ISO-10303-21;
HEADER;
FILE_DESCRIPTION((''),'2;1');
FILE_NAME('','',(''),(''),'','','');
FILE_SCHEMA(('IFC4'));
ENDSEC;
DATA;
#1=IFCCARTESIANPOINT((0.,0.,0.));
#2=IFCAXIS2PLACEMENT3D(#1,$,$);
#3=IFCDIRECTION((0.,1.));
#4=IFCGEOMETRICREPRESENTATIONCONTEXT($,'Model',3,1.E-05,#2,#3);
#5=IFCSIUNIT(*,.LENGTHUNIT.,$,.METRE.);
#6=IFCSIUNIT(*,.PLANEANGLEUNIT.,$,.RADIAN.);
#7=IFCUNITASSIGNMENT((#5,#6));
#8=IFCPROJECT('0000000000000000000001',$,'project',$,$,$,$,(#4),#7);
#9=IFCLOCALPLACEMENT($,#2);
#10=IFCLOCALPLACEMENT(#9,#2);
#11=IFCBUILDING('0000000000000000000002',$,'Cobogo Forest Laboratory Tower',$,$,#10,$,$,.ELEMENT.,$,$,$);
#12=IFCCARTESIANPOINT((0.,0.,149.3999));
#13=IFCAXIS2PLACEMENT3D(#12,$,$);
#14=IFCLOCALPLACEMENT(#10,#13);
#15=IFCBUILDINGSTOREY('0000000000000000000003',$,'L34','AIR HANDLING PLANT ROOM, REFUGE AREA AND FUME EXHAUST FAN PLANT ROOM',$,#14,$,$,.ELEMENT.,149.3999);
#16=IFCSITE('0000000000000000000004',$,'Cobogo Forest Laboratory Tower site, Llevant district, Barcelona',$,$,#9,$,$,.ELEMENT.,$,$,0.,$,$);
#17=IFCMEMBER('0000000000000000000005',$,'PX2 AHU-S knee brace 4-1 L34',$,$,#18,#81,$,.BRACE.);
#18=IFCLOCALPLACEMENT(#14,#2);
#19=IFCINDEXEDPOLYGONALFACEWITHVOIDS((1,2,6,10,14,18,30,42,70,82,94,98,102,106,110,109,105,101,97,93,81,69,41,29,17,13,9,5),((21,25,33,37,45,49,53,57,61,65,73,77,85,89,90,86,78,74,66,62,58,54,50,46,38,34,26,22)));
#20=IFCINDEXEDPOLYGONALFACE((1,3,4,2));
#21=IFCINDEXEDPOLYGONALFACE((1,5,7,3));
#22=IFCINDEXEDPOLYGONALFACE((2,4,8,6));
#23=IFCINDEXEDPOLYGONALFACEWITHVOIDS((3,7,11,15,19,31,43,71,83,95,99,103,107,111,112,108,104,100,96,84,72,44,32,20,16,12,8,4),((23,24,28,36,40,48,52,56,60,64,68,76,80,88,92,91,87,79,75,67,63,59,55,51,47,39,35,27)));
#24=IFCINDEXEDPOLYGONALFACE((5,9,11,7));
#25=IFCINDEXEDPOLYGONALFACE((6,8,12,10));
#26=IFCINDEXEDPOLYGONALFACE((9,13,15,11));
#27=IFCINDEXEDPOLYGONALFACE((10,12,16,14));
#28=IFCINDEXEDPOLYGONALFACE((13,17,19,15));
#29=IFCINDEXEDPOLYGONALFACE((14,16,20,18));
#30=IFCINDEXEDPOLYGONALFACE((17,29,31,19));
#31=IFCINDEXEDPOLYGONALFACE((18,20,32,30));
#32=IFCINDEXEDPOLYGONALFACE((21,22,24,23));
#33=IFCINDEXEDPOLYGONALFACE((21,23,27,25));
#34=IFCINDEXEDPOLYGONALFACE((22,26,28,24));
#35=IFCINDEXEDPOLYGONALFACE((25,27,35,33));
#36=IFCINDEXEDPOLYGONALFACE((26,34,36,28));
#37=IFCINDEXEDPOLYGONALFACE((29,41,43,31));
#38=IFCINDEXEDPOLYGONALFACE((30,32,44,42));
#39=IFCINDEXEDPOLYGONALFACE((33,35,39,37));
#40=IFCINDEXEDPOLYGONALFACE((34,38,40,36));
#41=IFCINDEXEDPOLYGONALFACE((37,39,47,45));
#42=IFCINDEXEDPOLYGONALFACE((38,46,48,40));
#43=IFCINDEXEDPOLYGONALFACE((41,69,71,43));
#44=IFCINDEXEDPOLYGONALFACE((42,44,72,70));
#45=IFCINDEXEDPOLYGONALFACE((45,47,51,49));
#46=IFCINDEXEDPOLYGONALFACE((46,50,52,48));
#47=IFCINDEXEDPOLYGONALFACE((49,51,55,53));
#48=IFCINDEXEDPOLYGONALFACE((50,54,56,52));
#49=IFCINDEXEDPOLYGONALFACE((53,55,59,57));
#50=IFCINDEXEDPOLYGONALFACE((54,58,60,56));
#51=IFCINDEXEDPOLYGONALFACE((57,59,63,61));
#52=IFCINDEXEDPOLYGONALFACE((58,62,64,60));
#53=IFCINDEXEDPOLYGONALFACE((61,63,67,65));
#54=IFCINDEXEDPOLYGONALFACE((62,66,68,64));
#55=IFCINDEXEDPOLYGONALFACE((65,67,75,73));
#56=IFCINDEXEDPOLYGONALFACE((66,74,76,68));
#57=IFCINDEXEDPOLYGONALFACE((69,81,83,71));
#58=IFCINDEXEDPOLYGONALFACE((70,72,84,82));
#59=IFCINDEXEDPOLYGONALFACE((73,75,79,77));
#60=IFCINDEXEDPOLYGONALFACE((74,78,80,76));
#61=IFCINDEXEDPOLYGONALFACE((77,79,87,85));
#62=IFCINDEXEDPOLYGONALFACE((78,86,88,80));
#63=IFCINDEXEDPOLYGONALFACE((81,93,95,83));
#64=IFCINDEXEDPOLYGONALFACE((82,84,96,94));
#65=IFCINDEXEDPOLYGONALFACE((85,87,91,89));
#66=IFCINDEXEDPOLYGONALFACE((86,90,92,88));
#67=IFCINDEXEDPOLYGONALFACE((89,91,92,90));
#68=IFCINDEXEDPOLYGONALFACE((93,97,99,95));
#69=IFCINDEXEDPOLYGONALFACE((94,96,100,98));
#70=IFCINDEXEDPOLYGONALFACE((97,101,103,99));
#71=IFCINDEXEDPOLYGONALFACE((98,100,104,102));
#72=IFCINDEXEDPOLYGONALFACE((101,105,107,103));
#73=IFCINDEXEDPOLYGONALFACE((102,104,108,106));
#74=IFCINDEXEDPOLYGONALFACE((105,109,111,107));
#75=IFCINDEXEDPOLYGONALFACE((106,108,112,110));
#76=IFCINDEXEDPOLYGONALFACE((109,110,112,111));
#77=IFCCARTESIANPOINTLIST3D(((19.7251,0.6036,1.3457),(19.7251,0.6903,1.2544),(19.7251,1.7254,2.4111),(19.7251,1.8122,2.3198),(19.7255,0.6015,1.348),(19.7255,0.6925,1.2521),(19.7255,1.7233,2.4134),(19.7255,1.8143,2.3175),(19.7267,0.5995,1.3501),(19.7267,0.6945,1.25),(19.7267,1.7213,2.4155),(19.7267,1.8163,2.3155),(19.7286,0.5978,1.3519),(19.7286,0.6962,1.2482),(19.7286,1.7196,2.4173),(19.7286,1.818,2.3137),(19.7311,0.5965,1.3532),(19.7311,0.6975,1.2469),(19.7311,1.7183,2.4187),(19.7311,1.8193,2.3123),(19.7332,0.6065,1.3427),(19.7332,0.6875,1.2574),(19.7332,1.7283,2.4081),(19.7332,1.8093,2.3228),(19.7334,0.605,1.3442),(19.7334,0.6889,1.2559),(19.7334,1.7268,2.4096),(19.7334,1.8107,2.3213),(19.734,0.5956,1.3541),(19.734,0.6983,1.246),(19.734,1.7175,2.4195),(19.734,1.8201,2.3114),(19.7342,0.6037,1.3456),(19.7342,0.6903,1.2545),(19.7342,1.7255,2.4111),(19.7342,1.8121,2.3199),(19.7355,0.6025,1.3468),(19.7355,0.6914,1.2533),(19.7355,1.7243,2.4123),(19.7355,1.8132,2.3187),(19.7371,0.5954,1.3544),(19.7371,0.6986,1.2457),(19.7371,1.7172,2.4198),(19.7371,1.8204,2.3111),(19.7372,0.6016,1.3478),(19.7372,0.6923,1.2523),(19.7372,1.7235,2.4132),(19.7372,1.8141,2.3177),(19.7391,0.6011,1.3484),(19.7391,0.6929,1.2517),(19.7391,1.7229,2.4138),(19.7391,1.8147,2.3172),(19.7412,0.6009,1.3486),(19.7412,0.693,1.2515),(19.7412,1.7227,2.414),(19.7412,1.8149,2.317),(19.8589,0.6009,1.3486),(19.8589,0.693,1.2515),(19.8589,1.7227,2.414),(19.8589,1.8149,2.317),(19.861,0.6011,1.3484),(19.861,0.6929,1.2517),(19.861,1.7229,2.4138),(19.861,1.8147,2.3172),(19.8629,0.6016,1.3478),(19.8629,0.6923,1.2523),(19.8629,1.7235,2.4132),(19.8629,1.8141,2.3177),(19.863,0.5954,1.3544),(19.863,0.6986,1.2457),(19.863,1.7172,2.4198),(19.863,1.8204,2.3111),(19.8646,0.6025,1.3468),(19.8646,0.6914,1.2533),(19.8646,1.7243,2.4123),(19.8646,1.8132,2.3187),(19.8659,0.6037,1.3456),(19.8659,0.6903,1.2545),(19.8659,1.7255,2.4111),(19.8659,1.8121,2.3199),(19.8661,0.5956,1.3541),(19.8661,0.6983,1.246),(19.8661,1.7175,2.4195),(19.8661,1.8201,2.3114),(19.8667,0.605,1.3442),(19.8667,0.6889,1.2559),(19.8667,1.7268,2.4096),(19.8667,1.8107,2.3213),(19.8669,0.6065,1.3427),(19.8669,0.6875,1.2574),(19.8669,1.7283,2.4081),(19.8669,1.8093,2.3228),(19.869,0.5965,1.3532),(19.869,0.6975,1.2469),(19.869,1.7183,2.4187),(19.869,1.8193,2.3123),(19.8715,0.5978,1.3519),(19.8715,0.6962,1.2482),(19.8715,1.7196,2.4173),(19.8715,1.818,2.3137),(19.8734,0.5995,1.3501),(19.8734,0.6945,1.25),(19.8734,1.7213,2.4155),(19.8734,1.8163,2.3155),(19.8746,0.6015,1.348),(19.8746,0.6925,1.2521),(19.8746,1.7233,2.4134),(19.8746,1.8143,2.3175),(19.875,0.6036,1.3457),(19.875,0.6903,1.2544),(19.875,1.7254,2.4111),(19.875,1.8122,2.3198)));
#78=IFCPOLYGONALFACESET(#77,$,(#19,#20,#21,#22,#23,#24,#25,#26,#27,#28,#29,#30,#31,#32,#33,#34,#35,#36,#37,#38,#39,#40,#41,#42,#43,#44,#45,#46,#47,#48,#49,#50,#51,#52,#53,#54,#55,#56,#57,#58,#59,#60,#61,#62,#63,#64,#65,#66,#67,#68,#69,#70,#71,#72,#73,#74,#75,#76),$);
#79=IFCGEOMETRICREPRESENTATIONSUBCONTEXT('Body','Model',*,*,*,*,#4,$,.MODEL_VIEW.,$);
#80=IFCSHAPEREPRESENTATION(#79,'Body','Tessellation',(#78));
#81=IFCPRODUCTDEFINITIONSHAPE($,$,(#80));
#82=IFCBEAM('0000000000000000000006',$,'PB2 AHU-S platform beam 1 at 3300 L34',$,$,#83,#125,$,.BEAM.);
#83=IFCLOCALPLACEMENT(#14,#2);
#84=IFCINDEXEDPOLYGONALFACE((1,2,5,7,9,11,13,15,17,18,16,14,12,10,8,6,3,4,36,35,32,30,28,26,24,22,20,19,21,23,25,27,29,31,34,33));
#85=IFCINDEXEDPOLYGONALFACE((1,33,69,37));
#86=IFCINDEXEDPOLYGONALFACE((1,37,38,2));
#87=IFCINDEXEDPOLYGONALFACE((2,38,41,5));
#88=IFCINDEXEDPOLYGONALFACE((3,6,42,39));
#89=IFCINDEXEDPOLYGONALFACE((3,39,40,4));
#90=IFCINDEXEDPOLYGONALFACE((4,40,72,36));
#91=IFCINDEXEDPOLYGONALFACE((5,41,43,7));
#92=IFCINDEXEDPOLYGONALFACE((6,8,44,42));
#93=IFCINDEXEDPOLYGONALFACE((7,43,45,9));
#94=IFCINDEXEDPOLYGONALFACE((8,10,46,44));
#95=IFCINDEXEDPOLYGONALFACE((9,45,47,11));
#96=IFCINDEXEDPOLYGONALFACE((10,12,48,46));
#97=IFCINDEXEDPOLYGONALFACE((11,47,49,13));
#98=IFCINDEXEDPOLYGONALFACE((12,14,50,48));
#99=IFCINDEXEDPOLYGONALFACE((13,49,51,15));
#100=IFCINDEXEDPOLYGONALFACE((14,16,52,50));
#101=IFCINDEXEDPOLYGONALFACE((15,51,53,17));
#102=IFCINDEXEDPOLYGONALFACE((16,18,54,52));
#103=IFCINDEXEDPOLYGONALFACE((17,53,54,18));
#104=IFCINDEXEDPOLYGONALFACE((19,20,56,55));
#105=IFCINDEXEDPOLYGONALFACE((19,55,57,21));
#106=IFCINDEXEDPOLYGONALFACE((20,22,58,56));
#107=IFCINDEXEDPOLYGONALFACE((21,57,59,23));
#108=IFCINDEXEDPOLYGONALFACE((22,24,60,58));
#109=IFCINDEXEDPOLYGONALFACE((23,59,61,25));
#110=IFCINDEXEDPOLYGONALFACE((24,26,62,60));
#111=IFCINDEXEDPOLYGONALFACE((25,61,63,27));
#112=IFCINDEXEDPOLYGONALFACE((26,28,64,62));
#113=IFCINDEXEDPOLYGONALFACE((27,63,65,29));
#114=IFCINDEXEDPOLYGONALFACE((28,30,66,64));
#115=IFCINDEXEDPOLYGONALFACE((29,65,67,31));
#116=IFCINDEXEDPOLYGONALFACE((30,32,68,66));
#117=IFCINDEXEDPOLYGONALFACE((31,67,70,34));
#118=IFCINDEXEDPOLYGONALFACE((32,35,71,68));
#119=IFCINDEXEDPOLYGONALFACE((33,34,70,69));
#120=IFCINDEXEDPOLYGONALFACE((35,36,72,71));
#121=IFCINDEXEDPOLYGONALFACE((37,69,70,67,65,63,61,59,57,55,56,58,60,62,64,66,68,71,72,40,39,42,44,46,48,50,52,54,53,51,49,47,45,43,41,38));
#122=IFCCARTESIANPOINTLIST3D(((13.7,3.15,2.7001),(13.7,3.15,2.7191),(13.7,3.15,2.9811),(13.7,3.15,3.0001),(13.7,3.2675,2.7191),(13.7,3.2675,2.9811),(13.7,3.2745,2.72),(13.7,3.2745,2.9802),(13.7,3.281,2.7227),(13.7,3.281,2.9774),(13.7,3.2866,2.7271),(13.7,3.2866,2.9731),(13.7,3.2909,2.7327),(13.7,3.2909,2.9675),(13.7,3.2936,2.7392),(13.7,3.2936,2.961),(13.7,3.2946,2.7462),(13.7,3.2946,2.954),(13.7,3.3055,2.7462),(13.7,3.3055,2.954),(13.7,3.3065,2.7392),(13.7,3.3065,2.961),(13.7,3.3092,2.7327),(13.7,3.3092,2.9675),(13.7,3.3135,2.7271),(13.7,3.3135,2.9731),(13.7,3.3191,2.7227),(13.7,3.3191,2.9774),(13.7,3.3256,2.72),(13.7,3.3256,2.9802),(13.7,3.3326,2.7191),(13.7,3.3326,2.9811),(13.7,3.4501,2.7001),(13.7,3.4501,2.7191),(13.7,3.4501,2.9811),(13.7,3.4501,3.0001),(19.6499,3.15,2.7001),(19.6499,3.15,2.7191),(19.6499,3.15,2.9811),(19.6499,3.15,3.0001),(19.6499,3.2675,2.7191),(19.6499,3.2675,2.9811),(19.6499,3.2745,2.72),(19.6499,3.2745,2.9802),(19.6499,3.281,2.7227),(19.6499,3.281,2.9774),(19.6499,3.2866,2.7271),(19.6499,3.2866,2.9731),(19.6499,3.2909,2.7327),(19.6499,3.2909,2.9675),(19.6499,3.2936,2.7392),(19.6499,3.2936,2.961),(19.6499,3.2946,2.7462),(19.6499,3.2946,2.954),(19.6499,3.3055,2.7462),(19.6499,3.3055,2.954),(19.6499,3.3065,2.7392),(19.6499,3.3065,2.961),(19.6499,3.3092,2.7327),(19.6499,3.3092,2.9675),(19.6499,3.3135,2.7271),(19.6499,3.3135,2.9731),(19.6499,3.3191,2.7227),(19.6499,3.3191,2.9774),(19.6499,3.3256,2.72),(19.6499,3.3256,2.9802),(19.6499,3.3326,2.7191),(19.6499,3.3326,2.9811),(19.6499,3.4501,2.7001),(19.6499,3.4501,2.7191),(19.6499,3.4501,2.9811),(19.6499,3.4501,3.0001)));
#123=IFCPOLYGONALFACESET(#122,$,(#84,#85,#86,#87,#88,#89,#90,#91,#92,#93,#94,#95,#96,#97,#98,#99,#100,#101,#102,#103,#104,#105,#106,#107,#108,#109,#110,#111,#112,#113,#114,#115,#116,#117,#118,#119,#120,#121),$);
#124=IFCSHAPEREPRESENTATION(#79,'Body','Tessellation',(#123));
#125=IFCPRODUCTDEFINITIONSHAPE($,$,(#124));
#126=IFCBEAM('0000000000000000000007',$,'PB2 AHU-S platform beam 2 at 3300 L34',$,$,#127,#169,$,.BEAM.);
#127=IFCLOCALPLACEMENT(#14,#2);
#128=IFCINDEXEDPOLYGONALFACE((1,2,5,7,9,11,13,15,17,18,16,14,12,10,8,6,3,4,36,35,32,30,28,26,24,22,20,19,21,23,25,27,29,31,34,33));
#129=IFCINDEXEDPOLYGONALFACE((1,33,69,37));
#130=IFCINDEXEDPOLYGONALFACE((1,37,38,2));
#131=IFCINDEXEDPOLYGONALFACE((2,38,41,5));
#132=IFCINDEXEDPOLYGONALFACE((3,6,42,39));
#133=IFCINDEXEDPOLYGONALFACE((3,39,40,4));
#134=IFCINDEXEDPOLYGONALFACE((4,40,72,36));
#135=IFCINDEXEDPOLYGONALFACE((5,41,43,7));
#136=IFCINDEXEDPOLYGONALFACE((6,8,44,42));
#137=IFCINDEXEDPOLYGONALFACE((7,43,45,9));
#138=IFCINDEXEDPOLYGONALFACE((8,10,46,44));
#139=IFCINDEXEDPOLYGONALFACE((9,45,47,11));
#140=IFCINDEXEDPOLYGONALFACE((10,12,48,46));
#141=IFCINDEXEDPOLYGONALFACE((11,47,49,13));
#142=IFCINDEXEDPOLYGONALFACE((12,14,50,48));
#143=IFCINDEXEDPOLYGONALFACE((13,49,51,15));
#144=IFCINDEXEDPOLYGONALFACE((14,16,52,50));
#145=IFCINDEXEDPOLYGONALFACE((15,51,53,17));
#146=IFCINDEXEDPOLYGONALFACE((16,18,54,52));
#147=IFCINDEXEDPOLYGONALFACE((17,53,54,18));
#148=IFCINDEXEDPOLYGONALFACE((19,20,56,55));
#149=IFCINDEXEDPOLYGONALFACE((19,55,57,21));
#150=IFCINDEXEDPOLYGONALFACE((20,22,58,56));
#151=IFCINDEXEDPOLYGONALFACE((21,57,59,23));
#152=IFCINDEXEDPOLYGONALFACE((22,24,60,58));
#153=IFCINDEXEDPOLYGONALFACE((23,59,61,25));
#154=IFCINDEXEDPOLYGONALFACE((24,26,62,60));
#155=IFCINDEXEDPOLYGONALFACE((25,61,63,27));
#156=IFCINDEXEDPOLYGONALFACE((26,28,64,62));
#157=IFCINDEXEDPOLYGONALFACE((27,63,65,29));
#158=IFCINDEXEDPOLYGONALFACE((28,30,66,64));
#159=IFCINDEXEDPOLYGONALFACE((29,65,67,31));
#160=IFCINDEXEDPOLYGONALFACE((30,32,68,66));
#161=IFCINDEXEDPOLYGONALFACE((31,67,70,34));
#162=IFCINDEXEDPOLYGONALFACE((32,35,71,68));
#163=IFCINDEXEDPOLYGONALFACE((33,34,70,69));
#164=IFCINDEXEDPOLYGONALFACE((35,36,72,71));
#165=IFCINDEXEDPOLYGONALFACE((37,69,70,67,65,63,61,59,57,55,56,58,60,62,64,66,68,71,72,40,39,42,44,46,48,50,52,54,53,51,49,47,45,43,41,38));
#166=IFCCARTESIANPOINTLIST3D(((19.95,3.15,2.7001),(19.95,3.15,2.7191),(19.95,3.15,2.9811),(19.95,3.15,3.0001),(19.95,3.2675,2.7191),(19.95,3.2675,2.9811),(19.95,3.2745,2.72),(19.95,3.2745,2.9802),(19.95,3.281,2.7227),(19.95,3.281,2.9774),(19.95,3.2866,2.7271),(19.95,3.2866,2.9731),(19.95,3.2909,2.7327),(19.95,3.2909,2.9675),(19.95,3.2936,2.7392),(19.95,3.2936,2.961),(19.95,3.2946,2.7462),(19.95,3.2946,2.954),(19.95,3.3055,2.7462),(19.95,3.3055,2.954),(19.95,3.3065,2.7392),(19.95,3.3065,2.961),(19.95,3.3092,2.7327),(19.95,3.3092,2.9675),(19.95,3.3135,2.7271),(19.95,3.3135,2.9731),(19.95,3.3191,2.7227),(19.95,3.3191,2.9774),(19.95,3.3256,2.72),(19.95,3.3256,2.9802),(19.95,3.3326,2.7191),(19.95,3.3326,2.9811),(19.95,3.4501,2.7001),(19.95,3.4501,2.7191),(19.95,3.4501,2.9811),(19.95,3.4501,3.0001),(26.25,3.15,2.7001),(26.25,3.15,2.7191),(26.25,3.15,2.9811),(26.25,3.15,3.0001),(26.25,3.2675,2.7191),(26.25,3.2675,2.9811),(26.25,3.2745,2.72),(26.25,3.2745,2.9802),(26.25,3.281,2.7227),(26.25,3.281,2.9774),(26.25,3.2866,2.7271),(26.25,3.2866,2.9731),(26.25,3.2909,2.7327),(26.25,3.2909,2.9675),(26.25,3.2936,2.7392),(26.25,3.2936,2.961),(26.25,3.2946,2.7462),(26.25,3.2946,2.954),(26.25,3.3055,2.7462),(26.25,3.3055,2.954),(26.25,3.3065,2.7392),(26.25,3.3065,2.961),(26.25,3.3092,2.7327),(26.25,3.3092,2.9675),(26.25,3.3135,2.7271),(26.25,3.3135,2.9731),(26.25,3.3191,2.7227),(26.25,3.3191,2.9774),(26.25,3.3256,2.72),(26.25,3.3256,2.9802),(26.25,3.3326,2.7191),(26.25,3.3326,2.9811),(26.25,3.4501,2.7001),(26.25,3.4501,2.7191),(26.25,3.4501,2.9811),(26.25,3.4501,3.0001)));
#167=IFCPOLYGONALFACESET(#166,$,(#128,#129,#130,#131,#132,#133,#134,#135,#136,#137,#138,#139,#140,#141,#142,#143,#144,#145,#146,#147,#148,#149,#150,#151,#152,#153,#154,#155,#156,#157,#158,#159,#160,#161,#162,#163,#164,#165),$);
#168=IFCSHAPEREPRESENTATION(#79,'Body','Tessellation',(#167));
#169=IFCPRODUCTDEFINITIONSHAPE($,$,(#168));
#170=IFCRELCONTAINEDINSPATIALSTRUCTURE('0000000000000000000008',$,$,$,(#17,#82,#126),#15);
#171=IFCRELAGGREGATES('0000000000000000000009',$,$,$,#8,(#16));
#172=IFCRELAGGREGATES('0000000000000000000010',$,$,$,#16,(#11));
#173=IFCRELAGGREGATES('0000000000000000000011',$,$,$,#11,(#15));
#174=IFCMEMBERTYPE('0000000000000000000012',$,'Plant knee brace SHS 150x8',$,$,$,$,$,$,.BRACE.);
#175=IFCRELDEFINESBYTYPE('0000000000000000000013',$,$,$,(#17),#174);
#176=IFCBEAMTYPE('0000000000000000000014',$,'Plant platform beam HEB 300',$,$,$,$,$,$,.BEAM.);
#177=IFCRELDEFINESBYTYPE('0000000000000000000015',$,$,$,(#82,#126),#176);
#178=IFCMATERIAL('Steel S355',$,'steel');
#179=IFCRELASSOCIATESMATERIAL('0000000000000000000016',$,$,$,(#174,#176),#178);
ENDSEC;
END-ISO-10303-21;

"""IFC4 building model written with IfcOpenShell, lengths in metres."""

from ifc_helpers import new_model, si_unit, direction, frame, origin, origin_2d, place, context, subcontext, project, spatial, hollow_rectangle, i_section, extrude, material, material_profile, profile_set, type_object, element, save


model = new_model("IFC4")

# Units and contexts
model_context = context("Model", 3, precision=1e-05, world=origin(), true_north=direction((0.0, 1.0)))
body_context = subcontext(model_context, "Body", "Model", "MODEL_VIEW")
ifc_project = project(units=[si_unit("LENGTHUNIT", "METRE"), si_unit("PLANEANGLEUNIT", "RADIAN")], contexts=[model_context])

# Site, building, storey
site_placement = place(None, origin())
site = spatial("IfcSite", under=ifc_project, at=site_placement, Name="Cobogo Forest Laboratory Tower site, Llevant district, Barcelona", CompositionType="ELEMENT", RefElevation=0.0)
building_placement = place(site_placement, origin())
building = spatial("IfcBuilding", under=site, at=building_placement, Name="Cobogo Forest Laboratory Tower", CompositionType="ELEMENT")
storey_placement = place(building_placement, frame((0.0, 0.0, 149.3999)))
storey = spatial("IfcBuildingStorey", under=building, at=storey_placement, Name="L34", Description="AIR HANDLING PLANT ROOM, REFUGE AREA AND FUME EXHAUST FAN PLANT ROOM", CompositionType="ELEMENT", Elevation=149.3999)

# Member
ifc_material_1 = material(Name="Steel S355", Category="steel")
ifc_material_profile_1 = material_profile(ifc_material_1, hollow_rectangle(XDim=0.1499, YDim=0.1499, WallThickness=0.0081, InnerFilletRadius=0.0081, OuterFilletRadius=0.012, at=origin_2d()), Name="SHS 150x8")
ifc_profile_set_1 = profile_set([ifc_material_profile_1], Name="Steel S355")
member_type_1 = type_object("IfcMemberType", Name="Plant knee brace SHS 150x8", PredefinedType="BRACE", material=ifc_profile_set_1)
member_1_placement = place(storey_placement, frame((19.8, 0.647, 1.3), z_axis=(0.0, 0.725098, 0.688646), x_axis=(-1.0, 0.0, 0.0)))
element("IfcMember", 1, at=member_1_placement, inside=storey, type_object=member_type_1, Name="PX2 AHU-S knee brace 4-1 L34", PredefinedType="BRACE", context=body_context, shape_type="SweptSolid", body=[
    extrude(hollow_rectangle(XDim=0.1499, YDim=0.1499, WallThickness=0.0081, InnerFilletRadius=0.0081, OuterFilletRadius=0.012, at=origin_2d()), origin(), (0.0, 0.0, 1.0), 1.5471),
])

# Beams
ifc_material_profile_2 = material_profile(ifc_material_1, i_section(OverallWidth=0.3, OverallDepth=0.3, WebThickness=0.011, FlangeThickness=0.019, FilletRadius=0.0271, at=origin_2d()), Name="HEB 300")
ifc_profile_set_2 = profile_set([ifc_material_profile_2], Name="Steel S355")
beam_type_1 = type_object("IfcBeamType", Name="Plant platform beam HEB 300", PredefinedType="BEAM", material=ifc_profile_set_2)
beam_1_placement = place(storey_placement, frame((13.7, 3.3, 2.8501), z_axis=(1.0, 0.0, 0.0), x_axis=(0.0, 1.0, 0.0)))
element("IfcBeam", 2, at=beam_1_placement, inside=storey, type_object=beam_type_1, Name="PB2 AHU-S platform beam 1 at 3300 L34", PredefinedType="BEAM", context=body_context, shape_type="SweptSolid", body=[
    extrude(i_section(OverallWidth=0.3, OverallDepth=0.3, WebThickness=0.011, FlangeThickness=0.019, FilletRadius=0.0271, at=origin_2d()), origin(), (0.0, 0.0, 1.0), 5.95),
])
beam_2_placement = place(storey_placement, frame((19.95, 3.3, 2.8501), z_axis=(1.0, 0.0, 0.0), x_axis=(0.0, 1.0, 0.0)))
element("IfcBeam", 3, at=beam_2_placement, inside=storey, type_object=beam_type_1, Name="PB2 AHU-S platform beam 2 at 3300 L34", PredefinedType="BEAM", context=body_context, shape_type="SweptSolid", body=[
    extrude(i_section(OverallWidth=0.3, OverallDepth=0.3, WebThickness=0.011, FlangeThickness=0.019, FilletRadius=0.0271, at=origin_2d()), origin(), (0.0, 0.0, 1.0), 6.3),
])

save(model, "model.ifc")
